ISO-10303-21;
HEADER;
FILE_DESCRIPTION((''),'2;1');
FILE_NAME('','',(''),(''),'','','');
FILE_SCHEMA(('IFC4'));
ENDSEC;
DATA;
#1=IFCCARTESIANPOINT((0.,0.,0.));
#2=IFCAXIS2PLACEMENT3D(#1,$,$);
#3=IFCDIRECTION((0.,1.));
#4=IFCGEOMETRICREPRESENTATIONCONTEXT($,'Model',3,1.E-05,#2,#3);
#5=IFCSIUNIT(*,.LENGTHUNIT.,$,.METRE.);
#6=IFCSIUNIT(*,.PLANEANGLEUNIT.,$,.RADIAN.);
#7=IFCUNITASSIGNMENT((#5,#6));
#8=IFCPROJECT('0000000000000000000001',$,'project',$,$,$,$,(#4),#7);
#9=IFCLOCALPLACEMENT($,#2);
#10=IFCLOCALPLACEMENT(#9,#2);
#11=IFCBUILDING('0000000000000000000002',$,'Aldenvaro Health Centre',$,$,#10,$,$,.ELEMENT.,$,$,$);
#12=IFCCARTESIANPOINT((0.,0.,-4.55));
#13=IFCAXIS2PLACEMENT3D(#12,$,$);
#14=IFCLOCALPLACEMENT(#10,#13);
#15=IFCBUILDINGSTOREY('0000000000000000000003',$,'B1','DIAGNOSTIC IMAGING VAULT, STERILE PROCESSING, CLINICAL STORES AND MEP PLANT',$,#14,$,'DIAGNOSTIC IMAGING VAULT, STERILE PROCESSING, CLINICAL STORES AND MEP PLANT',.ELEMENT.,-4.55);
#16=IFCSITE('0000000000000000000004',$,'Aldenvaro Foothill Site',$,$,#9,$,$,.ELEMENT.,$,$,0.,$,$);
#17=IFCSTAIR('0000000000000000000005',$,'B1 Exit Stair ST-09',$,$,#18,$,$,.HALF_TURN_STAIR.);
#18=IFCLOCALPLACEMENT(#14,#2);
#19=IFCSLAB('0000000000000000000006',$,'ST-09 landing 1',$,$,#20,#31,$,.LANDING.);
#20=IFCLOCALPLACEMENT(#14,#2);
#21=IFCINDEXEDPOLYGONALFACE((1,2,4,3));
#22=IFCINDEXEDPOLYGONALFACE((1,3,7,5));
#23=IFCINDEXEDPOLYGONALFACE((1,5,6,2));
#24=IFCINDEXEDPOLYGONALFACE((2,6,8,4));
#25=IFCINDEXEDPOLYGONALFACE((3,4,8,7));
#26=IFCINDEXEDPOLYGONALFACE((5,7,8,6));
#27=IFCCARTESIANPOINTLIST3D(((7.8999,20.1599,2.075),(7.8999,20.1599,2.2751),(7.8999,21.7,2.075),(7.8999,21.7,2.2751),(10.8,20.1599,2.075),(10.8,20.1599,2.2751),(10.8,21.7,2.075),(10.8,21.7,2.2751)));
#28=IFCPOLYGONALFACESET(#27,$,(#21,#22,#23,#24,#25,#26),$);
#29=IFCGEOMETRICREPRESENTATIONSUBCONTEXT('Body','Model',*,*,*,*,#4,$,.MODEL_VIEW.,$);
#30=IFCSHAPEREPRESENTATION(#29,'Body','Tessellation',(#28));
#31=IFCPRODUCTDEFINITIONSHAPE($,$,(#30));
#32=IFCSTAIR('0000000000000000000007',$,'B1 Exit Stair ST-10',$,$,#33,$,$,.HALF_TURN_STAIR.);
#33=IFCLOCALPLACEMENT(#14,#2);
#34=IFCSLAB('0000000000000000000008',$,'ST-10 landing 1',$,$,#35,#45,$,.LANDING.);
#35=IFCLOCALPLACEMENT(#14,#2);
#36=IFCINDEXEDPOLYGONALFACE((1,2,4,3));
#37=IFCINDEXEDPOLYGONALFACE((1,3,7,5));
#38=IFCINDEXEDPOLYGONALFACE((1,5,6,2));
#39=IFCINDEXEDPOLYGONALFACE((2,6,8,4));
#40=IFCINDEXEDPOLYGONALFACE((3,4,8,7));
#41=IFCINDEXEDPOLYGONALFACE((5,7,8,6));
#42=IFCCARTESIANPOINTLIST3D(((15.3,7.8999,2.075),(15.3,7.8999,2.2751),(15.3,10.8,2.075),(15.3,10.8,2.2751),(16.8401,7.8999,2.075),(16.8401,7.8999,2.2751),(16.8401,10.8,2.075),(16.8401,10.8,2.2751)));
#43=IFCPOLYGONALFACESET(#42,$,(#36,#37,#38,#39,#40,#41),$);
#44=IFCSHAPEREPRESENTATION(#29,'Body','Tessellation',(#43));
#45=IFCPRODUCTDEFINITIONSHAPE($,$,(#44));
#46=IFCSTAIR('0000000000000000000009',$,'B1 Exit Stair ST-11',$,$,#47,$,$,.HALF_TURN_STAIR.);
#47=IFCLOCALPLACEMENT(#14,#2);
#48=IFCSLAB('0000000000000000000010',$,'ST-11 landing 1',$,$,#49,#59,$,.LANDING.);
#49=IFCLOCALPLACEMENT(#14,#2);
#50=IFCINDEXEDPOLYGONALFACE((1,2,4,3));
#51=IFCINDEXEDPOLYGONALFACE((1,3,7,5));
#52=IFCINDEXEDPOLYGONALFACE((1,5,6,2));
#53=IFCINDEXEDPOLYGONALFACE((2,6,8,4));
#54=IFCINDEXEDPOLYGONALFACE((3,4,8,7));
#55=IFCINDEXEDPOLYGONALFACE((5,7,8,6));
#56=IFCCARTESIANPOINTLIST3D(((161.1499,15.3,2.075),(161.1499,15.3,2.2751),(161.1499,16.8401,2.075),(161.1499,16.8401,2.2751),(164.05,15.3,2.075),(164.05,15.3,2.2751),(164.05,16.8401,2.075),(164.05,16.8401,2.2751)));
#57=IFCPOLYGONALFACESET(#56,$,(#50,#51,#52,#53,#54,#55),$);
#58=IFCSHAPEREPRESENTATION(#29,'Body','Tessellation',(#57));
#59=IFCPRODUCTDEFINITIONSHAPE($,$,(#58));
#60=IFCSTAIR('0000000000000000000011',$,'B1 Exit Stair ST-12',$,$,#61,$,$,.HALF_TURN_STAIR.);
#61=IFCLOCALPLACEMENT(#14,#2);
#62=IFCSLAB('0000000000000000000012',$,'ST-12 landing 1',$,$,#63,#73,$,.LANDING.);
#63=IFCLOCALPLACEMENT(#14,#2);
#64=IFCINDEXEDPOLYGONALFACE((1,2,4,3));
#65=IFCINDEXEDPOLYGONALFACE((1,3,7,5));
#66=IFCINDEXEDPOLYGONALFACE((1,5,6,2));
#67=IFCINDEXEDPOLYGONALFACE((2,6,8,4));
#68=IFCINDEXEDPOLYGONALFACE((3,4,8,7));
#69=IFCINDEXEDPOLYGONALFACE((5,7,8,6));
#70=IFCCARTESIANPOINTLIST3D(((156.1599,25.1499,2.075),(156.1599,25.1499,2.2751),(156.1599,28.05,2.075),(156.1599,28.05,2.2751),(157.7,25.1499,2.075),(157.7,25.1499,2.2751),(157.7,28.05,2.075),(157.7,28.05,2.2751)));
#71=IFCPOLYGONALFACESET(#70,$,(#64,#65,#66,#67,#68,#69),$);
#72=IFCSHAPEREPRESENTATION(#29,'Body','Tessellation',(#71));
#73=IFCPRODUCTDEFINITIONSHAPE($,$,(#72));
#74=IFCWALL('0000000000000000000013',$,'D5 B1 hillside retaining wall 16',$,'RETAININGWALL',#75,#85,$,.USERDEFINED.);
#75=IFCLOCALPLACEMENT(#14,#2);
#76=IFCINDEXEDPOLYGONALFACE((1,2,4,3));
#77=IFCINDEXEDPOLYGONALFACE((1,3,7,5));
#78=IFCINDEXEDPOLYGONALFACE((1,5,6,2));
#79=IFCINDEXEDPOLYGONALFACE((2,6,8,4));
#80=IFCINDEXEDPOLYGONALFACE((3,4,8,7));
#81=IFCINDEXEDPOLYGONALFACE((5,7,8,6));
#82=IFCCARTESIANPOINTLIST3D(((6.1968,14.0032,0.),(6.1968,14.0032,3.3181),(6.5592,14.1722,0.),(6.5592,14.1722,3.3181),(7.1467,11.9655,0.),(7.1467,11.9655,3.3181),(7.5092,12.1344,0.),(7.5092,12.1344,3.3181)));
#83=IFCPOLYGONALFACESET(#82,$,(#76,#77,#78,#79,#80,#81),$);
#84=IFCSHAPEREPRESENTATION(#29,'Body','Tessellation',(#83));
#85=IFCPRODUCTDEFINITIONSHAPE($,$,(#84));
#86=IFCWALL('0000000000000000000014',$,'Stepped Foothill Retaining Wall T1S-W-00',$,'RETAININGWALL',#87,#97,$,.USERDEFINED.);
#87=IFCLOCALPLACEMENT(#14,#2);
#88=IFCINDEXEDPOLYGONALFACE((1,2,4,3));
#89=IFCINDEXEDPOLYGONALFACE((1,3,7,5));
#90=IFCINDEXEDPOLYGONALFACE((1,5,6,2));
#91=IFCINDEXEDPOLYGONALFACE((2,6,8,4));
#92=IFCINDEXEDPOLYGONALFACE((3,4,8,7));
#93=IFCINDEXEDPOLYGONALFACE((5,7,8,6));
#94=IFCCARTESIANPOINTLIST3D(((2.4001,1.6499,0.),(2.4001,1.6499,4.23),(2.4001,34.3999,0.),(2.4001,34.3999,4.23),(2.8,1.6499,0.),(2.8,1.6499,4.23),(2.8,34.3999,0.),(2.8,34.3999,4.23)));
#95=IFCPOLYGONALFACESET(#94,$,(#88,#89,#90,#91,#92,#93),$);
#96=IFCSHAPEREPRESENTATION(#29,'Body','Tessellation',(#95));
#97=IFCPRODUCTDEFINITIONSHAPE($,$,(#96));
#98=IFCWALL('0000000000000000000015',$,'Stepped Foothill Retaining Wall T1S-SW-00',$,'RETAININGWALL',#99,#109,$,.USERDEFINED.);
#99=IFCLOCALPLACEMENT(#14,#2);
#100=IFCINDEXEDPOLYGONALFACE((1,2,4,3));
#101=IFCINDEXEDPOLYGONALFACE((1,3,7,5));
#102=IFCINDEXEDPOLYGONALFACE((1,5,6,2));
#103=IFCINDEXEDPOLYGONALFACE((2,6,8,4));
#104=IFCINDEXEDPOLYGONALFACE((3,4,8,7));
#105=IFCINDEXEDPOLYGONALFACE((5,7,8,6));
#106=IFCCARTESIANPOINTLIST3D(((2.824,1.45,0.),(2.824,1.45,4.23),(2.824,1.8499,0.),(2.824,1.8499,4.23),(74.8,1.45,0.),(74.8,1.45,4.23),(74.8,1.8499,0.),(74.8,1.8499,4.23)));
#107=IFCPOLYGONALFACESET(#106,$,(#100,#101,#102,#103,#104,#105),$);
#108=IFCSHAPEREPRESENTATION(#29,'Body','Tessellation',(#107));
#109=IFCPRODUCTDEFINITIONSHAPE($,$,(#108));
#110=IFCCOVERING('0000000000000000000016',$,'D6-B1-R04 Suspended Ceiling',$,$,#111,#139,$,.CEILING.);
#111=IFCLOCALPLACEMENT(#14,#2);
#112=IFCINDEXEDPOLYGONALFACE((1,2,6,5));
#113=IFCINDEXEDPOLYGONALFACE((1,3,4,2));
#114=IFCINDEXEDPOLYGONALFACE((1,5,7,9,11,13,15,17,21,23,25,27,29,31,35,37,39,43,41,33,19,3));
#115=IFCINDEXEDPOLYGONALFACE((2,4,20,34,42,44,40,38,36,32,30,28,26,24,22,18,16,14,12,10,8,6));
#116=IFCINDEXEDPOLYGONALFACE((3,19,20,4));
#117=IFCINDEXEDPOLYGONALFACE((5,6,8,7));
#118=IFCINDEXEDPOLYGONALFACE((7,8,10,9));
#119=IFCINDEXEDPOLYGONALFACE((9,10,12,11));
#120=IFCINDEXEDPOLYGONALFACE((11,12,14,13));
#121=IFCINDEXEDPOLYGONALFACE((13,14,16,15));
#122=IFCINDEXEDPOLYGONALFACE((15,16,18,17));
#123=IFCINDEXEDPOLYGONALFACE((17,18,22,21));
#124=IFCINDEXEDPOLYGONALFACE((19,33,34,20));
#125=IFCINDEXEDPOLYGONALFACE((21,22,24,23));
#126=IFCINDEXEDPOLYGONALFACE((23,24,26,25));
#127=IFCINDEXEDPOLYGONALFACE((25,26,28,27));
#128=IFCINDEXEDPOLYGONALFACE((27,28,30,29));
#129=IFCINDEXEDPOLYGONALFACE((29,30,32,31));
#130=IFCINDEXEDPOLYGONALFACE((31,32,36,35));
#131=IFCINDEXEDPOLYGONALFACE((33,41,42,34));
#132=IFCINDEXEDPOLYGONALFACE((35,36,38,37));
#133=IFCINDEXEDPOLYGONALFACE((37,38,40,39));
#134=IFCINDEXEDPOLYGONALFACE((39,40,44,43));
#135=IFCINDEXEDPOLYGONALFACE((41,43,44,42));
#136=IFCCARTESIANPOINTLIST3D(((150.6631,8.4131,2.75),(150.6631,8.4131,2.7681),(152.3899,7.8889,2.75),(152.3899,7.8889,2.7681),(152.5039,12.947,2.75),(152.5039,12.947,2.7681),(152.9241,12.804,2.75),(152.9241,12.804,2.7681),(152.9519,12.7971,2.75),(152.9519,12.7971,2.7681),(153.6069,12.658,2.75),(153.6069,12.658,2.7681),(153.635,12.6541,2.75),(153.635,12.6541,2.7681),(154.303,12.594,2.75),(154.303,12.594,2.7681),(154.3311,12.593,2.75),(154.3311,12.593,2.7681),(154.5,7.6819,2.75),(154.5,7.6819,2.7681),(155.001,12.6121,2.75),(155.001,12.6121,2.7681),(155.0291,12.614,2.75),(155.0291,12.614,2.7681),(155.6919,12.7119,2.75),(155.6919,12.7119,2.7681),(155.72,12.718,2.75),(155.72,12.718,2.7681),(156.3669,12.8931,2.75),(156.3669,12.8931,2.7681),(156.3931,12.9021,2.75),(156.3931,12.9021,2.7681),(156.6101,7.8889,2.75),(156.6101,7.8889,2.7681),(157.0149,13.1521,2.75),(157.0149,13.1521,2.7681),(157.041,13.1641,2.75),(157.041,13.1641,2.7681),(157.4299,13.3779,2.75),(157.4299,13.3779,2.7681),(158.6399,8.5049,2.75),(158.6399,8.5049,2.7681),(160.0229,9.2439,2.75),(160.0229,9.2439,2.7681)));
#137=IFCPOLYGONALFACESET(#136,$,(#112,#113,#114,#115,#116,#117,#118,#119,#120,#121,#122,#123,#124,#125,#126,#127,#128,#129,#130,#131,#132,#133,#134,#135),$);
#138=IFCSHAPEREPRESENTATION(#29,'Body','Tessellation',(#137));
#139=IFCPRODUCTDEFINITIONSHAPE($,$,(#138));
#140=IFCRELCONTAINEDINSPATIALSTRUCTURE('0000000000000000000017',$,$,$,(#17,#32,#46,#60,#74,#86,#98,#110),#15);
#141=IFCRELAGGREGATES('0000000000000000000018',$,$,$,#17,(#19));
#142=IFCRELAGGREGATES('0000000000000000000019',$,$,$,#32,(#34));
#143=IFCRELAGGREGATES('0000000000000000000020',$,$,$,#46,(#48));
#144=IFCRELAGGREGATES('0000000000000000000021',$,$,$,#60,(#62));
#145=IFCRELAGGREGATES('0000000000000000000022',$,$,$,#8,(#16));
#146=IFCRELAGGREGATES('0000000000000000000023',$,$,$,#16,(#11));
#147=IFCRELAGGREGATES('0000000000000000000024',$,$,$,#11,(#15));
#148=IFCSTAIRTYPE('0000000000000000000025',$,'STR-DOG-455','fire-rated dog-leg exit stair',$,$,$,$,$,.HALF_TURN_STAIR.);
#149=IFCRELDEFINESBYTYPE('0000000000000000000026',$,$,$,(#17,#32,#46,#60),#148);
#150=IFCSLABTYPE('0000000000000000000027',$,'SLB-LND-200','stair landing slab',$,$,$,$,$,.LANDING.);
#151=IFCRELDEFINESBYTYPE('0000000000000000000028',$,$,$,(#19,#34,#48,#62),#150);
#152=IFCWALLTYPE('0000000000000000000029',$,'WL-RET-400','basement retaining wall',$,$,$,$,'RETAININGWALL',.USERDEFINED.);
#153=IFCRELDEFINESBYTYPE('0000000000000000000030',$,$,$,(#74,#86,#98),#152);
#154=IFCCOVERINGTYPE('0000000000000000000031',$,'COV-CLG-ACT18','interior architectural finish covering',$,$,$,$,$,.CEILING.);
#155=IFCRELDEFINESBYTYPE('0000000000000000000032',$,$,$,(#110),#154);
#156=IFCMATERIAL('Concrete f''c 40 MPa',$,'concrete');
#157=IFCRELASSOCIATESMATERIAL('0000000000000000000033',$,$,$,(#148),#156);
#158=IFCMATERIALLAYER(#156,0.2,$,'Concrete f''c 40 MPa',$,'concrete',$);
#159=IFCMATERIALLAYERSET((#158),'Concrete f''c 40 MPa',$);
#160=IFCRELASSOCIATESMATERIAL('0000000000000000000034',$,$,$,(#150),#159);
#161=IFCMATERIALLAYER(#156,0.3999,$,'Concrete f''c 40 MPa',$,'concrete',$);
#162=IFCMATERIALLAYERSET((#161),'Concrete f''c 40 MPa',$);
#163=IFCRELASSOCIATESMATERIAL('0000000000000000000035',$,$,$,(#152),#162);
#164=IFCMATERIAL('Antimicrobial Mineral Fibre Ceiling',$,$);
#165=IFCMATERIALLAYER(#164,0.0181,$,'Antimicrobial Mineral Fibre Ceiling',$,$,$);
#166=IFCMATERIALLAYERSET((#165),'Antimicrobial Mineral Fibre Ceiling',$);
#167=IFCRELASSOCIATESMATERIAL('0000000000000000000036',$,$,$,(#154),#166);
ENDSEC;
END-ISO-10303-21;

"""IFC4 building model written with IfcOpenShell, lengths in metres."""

from ifc_helpers import new_model, si_unit, direction, frame, frame_2d, origin, place, context, subcontext, project, spatial, polyline, rectangle, outline, extrude, material, layer, layer_set, type_object, element, aggregate, save


model = new_model("IFC4")

# Units and contexts
model_context = context("Model", 3, precision=1e-05, world=origin(), true_north=direction((0.0, 1.0)))
body_context = subcontext(model_context, "Body", "Model", "MODEL_VIEW")
ifc_project = project(units=[si_unit("LENGTHUNIT", "METRE"), si_unit("PLANEANGLEUNIT", "RADIAN")], contexts=[model_context])

# Site, building, storey
site_placement = place(None, origin())
site = spatial("IfcSite", under=ifc_project, at=site_placement, Name="Aldenvaro Foothill Site", CompositionType="ELEMENT", RefElevation=0.0)
building_placement = place(site_placement, origin())
building = spatial("IfcBuilding", under=site, at=building_placement, Name="Aldenvaro Health Centre", CompositionType="ELEMENT")
storey_placement = place(building_placement, frame((0.0, 0.0, -4.55)))
storey = spatial("IfcBuildingStorey", under=building, at=storey_placement, Name="B1", Description="DIAGNOSTIC IMAGING VAULT, STERILE PROCESSING, CLINICAL STORES AND MEP PLANT", LongName="DIAGNOSTIC IMAGING VAULT, STERILE PROCESSING, CLINICAL STORES AND MEP PLANT", CompositionType="ELEMENT", Elevation=-4.55)

# Shared definitions
ifc_material_1 = material(Name="Concrete f'c 40 MPa", Category="concrete")

# Stairs, slabs
stair_type = type_object("IfcStairType", Name="STR-DOG-455", Description="fire-rated dog-leg exit stair", PredefinedType="HALF_TURN_STAIR", material=ifc_material_1)
ifc_layer_1 = layer(ifc_material_1, 0.2, Name="Concrete f'c 40 MPa", Category="concrete")
ifc_layer_set_1 = layer_set([ifc_layer_1], Name="Concrete f'c 40 MPa")
slab_type = type_object("IfcSlabType", Name="SLB-LND-200", Description="stair landing slab", PredefinedType="LANDING", material=ifc_layer_set_1)
stair_1_placement = place(storey_placement, origin())
stair_1 = element("IfcStair", 1, at=stair_1_placement, inside=storey, type_object=stair_type, Name="B1 Exit Stair ST-09", PredefinedType="HALF_TURN_STAIR")
slab_1_placement = place(storey_placement, frame((0.0, 0.0, 2.075)))
slab_1 = element("IfcSlab", 2, at=slab_1_placement, type_object=slab_type, Name="ST-09 landing 1", PredefinedType="LANDING", context=body_context, shape_type="SweptSolid", body=[
    extrude(outline(polyline([(10.8, 20.1599), (10.8, 21.7), (7.8999, 21.7), (7.8999, 20.1599), (10.8, 20.1599)])), origin(), (0.0, 0.0, 1.0), 0.2002),
])
aggregate(stair_1, [slab_1])
stair_2_placement = place(storey_placement, origin())
stair_2 = element("IfcStair", 3, at=stair_2_placement, inside=storey, type_object=stair_type, Name="B1 Exit Stair ST-10", PredefinedType="HALF_TURN_STAIR")
slab_2_placement = place(storey_placement, frame((0.0, 0.0, 2.075)))
slab_2 = element("IfcSlab", 4, at=slab_2_placement, type_object=slab_type, Name="ST-10 landing 1", PredefinedType="LANDING", context=body_context, shape_type="SweptSolid", body=[
    extrude(outline(polyline([(16.8401, 10.8), (15.3, 10.8), (15.3, 7.8999), (16.8401, 7.8999), (16.8401, 10.8)])), origin(), (0.0, 0.0, 1.0), 0.2002),
])
aggregate(stair_2, [slab_2])
stair_3_placement = place(storey_placement, origin())
stair_3 = element("IfcStair", 5, at=stair_3_placement, inside=storey, type_object=stair_type, Name="B1 Exit Stair ST-11", PredefinedType="HALF_TURN_STAIR")
slab_3_placement = place(storey_placement, frame((0.0, 0.0, 2.075)))
slab_3 = element("IfcSlab", 6, at=slab_3_placement, type_object=slab_type, Name="ST-11 landing 1", PredefinedType="LANDING", context=body_context, shape_type="SweptSolid", body=[
    extrude(outline(polyline([(161.1499, 16.8401), (161.1499, 15.3), (164.05, 15.3), (164.05, 16.8401), (161.1499, 16.8401)])), origin(), (0.0, 0.0, 1.0), 0.2002),
])
aggregate(stair_3, [slab_3])
stair_4_placement = place(storey_placement, origin())
stair_4 = element("IfcStair", 7, at=stair_4_placement, inside=storey, type_object=stair_type, Name="B1 Exit Stair ST-12", PredefinedType="HALF_TURN_STAIR")
slab_4_placement = place(storey_placement, frame((0.0, 0.0, 2.075)))
slab_4 = element("IfcSlab", 8, at=slab_4_placement, type_object=slab_type, Name="ST-12 landing 1", PredefinedType="LANDING", context=body_context, shape_type="SweptSolid", body=[
    extrude(outline(polyline([(156.1599, 25.1499), (157.7, 25.1499), (157.7, 28.05), (156.1599, 28.05), (156.1599, 25.1499)])), origin(), (0.0, 0.0, 1.0), 0.2002),
])
aggregate(stair_4, [slab_4])

# Walls
ifc_layer_2 = layer(ifc_material_1, 0.3999, Name="Concrete f'c 40 MPa", Category="concrete")
ifc_layer_set_2 = layer_set([ifc_layer_2], Name="Concrete f'c 40 MPa")
wall_type = type_object("IfcWallType", Name="WL-RET-400", Description="basement retaining wall", ElementType="RETAININGWALL", PredefinedType="USERDEFINED", material=ifc_layer_set_2)
wall_1_placement = place(storey_placement, frame((7.3279, 12.05, 0.0), z_axis=(0.0, 0.0, 1.0), x_axis=(-0.422505, 0.906361, 0.0)))
element("IfcWall", 9, at=wall_1_placement, inside=storey, type_object=wall_type, Name="D5 B1 hillside retaining wall 16", ObjectType="RETAININGWALL", PredefinedType="USERDEFINED", context=body_context, shape_type="SweptSolid", body=[
    extrude(rectangle(XDim=2.2483, YDim=0.3999, at=frame_2d((1.124, 0.0))), origin(), (0.0, 0.0, 1.0), 3.3181),
])
wall_2_placement = place(storey_placement, frame((2.6001, 1.6499, 0.0), z_axis=(0.0, 0.0, 1.0), x_axis=(0.0, 1.0, 0.0)))
element("IfcWall", 10, at=wall_2_placement, inside=storey, type_object=wall_type, Name="Stepped Foothill Retaining Wall T1S-W-00", ObjectType="RETAININGWALL", PredefinedType="USERDEFINED", context=body_context, shape_type="SweptSolid", body=[
    extrude(rectangle(XDim=32.75, YDim=0.3999, at=frame_2d((16.375, 0.0))), origin(), (0.0, 0.0, 1.0), 4.23),
])
wall_3_placement = place(storey_placement, frame((2.824, 1.6499, 0.0), z_axis=(0.0, 0.0, 1.0), x_axis=(1.0, 0.0, 0.0)))
element("IfcWall", 11, at=wall_3_placement, inside=storey, type_object=wall_type, Name="Stepped Foothill Retaining Wall T1S-SW-00", ObjectType="RETAININGWALL", PredefinedType="USERDEFINED", context=body_context, shape_type="SweptSolid", body=[
    extrude(rectangle(XDim=71.9761, YDim=0.3999, at=frame_2d((35.988, 0.0))), origin(), (0.0, 0.0, 1.0), 4.23),
])

# Covering
ifc_material_2 = material(Name="Antimicrobial Mineral Fibre Ceiling")
ifc_layer_3 = layer(ifc_material_2, 0.0181, Name="Antimicrobial Mineral Fibre Ceiling")
ifc_layer_set_3 = layer_set([ifc_layer_3], Name="Antimicrobial Mineral Fibre Ceiling")
covering_type = type_object("IfcCoveringType", Name="COV-CLG-ACT18", Description="interior architectural finish covering", PredefinedType="CEILING", material=ifc_layer_set_3)
covering_placement = place(storey_placement, frame((0.0, 0.0, 2.75)))
element("IfcCovering", 12, at=covering_placement, inside=storey, type_object=covering_type, Name="D6-B1-R04 Suspended Ceiling", PredefinedType="CEILING", context=body_context, shape_type="SweptSolid", body=[
    extrude(outline(polyline([(152.9241, 12.804), (152.9519, 12.7971), (153.6069, 12.658), (153.635, 12.6541), (154.303, 12.594), (154.3311, 12.593), (155.001, 12.6121), (155.0291, 12.614), (155.6919, 12.7119), (155.72, 12.718), (156.3669, 12.8931), (156.3931, 12.9021), (157.0149, 13.1521), (157.041, 13.1641), (157.4299, 13.3779), (160.0229, 9.2439), (158.6399, 8.5049), (156.6101, 7.8889), (154.5, 7.6819), (152.3899, 7.8889), (150.6631, 8.4131), (152.5039, 12.947), (152.9241, 12.804)])), origin(), (0.0, 0.0, 1.0), 0.0181),
])

save(model, "model.ifc")
